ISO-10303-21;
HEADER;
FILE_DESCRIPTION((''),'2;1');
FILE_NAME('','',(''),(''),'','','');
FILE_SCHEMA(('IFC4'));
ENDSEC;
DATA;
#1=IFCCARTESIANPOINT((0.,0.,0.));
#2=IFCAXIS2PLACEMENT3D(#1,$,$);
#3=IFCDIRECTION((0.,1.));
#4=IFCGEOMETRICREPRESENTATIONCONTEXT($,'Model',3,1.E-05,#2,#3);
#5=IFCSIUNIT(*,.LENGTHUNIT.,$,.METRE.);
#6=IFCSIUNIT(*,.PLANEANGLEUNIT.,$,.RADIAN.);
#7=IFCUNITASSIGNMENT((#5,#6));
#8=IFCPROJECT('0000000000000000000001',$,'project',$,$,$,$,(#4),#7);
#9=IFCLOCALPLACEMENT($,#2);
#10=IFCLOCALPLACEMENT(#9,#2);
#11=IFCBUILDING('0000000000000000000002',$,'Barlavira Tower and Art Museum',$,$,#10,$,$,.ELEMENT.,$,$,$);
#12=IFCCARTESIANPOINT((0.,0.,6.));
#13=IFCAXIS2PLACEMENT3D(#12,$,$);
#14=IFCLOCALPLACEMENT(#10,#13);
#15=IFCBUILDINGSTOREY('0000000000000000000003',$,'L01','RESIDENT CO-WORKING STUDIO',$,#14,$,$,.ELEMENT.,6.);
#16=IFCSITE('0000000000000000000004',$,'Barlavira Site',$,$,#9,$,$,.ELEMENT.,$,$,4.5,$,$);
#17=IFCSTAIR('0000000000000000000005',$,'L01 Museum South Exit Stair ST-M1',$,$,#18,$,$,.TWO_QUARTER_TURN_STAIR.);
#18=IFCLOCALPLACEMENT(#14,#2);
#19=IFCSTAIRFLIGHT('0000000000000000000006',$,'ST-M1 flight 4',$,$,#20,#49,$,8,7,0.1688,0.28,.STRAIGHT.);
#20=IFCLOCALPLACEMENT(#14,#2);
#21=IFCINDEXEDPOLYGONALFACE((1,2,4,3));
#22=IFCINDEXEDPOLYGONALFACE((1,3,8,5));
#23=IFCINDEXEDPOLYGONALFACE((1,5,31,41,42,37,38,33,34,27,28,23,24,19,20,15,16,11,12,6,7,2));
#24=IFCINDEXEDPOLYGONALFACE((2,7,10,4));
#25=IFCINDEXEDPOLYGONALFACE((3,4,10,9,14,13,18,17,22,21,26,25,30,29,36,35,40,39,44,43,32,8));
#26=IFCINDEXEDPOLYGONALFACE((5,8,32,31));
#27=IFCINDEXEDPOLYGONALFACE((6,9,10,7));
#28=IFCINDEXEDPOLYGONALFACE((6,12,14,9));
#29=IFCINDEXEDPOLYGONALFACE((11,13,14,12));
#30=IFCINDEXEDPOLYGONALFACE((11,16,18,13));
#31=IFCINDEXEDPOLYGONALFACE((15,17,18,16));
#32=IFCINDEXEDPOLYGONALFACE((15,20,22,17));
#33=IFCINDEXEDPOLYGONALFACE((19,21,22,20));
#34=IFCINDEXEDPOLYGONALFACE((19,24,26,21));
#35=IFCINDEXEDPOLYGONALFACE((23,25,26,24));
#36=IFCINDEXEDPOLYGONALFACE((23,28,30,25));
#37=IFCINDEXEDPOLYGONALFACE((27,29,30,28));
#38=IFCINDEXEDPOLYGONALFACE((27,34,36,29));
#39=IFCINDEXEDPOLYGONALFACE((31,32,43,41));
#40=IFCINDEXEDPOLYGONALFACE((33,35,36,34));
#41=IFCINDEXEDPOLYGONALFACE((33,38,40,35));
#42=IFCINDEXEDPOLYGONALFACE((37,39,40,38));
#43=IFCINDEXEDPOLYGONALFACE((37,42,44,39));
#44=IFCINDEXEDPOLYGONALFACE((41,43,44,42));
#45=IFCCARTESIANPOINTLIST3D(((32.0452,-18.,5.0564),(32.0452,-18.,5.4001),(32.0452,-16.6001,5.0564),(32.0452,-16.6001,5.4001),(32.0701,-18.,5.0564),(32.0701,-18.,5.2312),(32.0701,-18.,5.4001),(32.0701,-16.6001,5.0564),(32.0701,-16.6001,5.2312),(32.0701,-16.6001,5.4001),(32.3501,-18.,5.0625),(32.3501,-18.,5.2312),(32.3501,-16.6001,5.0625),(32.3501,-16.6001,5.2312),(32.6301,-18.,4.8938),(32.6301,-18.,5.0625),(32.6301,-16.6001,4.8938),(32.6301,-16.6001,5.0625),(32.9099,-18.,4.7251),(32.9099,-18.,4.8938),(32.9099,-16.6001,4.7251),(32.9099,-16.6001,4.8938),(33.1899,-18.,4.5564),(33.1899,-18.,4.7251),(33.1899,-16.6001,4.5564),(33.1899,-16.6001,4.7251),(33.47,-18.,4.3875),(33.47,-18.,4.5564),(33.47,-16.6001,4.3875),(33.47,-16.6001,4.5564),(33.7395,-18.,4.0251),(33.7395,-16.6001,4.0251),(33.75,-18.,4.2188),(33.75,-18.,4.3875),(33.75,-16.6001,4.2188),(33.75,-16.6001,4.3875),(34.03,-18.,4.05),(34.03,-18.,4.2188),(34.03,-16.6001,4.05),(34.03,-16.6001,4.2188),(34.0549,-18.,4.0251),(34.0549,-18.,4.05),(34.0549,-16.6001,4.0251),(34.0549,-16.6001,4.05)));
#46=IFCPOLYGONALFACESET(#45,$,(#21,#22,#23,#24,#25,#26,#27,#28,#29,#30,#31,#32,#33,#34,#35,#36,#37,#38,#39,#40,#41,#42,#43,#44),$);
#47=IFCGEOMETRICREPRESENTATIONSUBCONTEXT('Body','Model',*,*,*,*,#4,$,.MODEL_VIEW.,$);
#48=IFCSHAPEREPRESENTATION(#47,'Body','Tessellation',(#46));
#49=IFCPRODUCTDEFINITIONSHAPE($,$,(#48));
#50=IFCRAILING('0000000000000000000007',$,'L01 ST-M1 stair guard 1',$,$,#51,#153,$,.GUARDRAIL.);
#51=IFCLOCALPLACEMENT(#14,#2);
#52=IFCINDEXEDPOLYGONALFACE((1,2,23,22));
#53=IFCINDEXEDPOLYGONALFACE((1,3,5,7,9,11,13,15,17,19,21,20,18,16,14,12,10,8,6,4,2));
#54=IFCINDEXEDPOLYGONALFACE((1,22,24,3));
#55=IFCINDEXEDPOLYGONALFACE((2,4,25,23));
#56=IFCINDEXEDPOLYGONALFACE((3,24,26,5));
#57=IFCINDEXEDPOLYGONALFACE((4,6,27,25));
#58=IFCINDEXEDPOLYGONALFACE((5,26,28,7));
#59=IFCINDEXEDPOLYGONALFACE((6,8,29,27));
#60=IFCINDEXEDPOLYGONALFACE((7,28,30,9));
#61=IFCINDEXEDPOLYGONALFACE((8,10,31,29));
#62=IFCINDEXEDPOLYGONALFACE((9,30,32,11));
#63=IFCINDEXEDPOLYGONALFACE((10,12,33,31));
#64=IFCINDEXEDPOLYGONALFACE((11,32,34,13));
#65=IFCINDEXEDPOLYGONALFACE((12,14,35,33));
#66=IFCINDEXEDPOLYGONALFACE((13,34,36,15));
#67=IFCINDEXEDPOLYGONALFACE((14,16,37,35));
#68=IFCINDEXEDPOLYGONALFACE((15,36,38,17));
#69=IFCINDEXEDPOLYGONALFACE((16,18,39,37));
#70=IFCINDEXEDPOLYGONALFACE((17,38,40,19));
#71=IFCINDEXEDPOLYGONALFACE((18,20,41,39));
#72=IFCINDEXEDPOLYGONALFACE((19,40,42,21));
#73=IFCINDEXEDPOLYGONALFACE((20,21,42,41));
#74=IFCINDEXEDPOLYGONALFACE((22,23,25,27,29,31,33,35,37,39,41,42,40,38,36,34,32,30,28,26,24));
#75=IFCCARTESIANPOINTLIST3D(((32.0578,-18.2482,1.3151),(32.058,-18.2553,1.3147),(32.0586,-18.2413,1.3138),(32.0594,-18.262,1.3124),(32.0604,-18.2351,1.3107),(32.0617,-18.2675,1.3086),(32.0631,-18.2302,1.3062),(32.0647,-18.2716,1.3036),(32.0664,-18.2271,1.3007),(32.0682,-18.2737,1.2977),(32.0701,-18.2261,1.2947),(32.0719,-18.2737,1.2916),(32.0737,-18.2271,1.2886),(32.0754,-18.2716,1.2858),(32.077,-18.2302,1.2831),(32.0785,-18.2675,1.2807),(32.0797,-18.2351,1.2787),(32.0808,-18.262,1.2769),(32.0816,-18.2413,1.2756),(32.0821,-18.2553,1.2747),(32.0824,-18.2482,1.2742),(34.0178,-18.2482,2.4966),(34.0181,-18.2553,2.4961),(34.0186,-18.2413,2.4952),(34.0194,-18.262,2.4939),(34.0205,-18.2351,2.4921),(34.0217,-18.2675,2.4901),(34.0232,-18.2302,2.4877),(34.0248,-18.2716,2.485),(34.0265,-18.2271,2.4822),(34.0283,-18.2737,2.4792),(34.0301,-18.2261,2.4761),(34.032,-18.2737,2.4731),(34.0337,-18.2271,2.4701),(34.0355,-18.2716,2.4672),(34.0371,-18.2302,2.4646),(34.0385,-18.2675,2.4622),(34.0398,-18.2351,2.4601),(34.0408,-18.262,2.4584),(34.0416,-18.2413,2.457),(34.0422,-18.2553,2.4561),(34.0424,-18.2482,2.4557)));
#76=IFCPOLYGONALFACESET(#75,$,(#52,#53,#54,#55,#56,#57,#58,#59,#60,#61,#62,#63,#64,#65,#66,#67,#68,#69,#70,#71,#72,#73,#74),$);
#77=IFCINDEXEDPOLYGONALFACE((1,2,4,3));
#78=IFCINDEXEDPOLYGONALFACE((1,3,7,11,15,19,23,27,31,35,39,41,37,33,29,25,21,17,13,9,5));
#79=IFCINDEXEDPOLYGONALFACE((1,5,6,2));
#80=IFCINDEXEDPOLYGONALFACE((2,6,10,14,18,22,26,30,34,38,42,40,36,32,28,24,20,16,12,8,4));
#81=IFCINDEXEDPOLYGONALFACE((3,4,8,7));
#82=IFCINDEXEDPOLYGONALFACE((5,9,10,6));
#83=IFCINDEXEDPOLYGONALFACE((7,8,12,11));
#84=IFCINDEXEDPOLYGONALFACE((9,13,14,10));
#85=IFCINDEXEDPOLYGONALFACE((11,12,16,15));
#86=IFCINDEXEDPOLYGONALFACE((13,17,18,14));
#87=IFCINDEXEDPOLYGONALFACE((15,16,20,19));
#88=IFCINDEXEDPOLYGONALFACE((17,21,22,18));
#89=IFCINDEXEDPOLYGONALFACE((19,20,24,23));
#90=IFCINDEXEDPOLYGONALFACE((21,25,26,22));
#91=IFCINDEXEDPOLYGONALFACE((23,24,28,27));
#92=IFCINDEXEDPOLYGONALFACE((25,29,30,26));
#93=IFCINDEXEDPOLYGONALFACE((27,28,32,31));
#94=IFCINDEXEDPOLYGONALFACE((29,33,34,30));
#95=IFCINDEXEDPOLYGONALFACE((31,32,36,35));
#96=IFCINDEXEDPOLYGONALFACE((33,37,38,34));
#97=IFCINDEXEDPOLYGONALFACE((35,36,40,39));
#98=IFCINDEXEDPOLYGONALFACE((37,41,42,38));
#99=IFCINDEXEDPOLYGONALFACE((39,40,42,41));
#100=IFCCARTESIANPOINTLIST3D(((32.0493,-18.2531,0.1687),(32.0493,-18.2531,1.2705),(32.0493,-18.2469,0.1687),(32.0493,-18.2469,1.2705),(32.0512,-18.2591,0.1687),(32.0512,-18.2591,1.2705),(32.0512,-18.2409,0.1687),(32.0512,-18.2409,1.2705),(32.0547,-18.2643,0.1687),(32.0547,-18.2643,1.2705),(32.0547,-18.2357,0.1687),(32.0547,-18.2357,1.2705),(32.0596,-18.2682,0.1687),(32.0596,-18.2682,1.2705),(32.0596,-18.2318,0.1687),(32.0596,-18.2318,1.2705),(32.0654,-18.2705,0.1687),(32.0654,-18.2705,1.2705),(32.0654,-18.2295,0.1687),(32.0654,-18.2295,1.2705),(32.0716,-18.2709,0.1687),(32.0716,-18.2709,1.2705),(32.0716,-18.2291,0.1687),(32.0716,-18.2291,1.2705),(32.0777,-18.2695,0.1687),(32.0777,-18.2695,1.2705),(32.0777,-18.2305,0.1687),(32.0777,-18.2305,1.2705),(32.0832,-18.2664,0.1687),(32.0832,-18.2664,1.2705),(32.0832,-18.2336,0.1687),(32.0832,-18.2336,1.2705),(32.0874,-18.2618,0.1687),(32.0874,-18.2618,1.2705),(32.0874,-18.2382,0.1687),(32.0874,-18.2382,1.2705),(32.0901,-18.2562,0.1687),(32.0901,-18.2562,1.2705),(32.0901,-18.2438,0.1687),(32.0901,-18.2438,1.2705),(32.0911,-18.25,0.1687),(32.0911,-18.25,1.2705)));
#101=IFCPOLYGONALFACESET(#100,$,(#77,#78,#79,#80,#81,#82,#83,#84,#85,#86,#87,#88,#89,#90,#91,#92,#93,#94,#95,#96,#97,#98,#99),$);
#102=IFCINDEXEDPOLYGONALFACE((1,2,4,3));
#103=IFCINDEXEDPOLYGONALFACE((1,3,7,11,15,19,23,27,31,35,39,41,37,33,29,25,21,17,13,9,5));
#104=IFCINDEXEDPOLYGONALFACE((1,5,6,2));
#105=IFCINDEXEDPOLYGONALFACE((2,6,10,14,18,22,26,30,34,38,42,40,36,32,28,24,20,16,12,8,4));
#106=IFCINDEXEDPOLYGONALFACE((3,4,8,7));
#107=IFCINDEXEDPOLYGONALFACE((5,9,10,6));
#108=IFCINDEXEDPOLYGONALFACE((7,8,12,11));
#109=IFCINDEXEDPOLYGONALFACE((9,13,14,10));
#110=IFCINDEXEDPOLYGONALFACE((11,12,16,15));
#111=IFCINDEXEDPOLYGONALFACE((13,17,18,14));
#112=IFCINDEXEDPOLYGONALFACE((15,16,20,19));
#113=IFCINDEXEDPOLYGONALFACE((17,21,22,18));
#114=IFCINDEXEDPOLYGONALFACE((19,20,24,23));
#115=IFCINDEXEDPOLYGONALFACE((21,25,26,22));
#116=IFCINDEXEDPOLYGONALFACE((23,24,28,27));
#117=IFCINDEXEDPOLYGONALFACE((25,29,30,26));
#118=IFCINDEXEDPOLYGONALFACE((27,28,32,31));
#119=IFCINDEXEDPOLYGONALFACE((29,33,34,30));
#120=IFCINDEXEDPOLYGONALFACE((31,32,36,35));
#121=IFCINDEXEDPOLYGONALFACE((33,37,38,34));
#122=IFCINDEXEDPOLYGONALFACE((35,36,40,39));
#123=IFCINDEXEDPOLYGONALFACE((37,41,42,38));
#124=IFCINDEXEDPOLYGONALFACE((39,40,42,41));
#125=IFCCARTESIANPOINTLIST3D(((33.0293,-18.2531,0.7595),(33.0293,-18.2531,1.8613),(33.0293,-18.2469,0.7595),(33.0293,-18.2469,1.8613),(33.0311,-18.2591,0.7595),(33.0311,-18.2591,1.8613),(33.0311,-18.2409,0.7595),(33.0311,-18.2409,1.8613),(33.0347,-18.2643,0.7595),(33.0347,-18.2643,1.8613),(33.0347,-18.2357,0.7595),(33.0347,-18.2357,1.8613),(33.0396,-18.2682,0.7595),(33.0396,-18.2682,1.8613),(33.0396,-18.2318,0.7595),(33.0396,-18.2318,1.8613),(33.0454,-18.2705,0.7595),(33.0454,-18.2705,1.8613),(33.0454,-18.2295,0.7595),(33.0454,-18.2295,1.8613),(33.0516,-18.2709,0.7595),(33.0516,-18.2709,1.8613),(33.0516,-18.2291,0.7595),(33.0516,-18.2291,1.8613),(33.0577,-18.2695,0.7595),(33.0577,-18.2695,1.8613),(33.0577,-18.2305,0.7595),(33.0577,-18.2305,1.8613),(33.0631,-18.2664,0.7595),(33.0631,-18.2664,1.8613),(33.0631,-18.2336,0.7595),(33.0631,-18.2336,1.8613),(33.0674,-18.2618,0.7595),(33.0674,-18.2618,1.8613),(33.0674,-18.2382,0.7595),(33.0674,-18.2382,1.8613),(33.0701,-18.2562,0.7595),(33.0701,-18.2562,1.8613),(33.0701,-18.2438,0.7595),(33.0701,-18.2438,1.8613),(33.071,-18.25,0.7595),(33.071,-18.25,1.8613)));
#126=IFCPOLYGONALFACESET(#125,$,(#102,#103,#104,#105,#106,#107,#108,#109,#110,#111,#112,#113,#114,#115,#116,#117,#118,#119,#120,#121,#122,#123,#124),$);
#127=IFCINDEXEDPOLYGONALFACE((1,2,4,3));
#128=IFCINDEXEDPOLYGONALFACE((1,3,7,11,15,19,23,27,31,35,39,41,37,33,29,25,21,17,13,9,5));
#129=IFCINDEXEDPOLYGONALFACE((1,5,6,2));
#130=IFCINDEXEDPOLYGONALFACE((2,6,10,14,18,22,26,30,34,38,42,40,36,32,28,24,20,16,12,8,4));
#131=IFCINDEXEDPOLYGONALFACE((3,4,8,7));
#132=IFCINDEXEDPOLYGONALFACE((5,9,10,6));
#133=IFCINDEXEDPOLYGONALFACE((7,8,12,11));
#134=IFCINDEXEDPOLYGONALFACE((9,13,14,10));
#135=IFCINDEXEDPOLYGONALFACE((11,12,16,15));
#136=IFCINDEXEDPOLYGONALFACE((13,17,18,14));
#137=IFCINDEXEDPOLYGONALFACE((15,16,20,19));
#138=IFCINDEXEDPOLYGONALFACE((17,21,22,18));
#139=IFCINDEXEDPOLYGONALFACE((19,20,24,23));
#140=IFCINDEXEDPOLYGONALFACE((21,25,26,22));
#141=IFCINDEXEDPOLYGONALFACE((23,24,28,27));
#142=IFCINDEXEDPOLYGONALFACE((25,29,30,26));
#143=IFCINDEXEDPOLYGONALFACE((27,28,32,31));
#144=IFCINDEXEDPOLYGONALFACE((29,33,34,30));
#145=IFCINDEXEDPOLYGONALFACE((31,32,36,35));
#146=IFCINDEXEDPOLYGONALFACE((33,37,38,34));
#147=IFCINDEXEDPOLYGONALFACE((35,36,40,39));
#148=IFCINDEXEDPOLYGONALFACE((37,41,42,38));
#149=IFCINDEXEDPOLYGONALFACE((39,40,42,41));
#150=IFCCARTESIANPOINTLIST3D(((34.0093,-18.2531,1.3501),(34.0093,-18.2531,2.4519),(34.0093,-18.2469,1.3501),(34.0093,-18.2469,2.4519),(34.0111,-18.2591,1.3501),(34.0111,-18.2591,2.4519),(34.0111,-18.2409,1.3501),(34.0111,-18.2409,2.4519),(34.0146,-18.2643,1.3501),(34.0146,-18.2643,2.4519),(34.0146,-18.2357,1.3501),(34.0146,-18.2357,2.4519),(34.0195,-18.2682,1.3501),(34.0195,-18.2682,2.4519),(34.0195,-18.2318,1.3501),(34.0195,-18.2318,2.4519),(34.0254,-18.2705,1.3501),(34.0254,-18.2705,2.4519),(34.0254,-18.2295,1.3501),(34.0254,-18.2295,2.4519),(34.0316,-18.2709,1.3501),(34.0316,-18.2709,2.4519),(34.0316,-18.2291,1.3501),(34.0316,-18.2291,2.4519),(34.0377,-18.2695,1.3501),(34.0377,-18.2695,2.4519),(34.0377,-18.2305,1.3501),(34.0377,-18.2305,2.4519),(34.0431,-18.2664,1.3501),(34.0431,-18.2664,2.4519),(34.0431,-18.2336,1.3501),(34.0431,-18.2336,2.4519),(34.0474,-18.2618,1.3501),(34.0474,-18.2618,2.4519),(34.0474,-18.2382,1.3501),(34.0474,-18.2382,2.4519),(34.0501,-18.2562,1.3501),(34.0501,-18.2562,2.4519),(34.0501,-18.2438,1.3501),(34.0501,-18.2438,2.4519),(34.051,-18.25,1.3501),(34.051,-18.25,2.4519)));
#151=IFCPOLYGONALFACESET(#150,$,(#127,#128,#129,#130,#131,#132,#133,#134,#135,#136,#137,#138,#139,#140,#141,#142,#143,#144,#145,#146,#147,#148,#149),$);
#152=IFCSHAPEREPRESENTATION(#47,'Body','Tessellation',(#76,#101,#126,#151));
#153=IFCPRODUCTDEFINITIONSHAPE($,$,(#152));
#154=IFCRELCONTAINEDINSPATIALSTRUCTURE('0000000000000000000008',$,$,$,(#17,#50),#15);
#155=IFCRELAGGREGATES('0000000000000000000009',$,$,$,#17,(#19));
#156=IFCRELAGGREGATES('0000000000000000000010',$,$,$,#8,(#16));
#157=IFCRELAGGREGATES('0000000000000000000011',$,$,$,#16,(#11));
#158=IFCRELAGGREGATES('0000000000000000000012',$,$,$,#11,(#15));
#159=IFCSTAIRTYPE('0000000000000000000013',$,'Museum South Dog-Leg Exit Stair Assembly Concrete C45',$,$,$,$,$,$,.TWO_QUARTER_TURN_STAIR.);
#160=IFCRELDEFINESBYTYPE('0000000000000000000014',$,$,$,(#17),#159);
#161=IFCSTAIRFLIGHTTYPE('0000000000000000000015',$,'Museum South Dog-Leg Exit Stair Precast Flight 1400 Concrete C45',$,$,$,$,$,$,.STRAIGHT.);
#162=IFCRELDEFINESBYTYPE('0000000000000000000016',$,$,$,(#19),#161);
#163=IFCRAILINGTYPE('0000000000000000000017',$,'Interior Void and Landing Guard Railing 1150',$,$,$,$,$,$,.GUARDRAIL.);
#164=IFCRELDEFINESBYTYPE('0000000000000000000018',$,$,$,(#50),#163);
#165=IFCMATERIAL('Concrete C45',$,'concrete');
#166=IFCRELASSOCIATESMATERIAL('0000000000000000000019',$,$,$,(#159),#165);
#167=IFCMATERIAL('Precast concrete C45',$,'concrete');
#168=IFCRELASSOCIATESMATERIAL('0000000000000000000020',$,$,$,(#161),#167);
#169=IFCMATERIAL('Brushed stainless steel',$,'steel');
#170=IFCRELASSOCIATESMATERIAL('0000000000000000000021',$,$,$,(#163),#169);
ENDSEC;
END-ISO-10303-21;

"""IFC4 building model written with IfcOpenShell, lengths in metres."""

from ifc_helpers import new_model, si_unit, direction, frame, origin, origin_2d, place, context, subcontext, project, spatial, polyline, circle, outline, extrude, material, type_object, element, aggregate, save


model = new_model("IFC4")

# Units and contexts
model_context = context("Model", 3, precision=1e-05, world=origin(), true_north=direction((0.0, 1.0)))
body_context = subcontext(model_context, "Body", "Model", "MODEL_VIEW")
ifc_project = project(units=[si_unit("LENGTHUNIT", "METRE"), si_unit("PLANEANGLEUNIT", "RADIAN")], contexts=[model_context])

# Site, building, storey
site_placement = place(None, origin())
site = spatial("IfcSite", under=ifc_project, at=site_placement, Name="Barlavira Site", CompositionType="ELEMENT", RefElevation=4.5)
building_placement = place(site_placement, origin())
building = spatial("IfcBuilding", under=site, at=building_placement, Name="Barlavira Tower and Art Museum", CompositionType="ELEMENT")
storey_placement = place(building_placement, frame((0.0, 0.0, 6.0)))
storey = spatial("IfcBuildingStorey", under=building, at=storey_placement, Name="L01", Description="RESIDENT CO-WORKING STUDIO", CompositionType="ELEMENT", Elevation=6.0)

# Shared definitions
ifc_material_1 = material(Name="Brushed stainless steel", Category="steel")

# Stair, stair flight
ifc_material_2 = material(Name="Concrete C45", Category="concrete")
stair_type = type_object("IfcStairType", Name="Museum South Dog-Leg Exit Stair Assembly Concrete C45", PredefinedType="TWO_QUARTER_TURN_STAIR", material=ifc_material_2)
stair_placement = place(storey_placement, origin())
stair = element("IfcStair", 1, at=stair_placement, inside=storey, type_object=stair_type, Name="L01 Museum South Exit Stair ST-M1", PredefinedType="TWO_QUARTER_TURN_STAIR")
ifc_material_3 = material(Name="Precast concrete C45", Category="concrete")
stair_flight_type = type_object("IfcStairFlightType", Name="Museum South Dog-Leg Exit Stair Precast Flight 1400 Concrete C45", PredefinedType="STRAIGHT", material=ifc_material_3)
stair_flight_1_placement = place(storey_placement, frame((34.03, -17.3, 4.05), z_axis=(0.0, 0.0, 1.0), x_axis=(-1.0, 0.0, 0.0)))
stair_flight_1 = element("IfcStairFlight", 2, at=stair_flight_1_placement, type_object=stair_flight_type, Name="ST-M1 flight 4", NumberOfRisers=8, NumberOfTreads=7, PredefinedType="STRAIGHT", RiserHeight=0.1688, TreadLength=0.28, context=body_context, shape_type="SweptSolid", body=[
    extrude(outline(polyline([(-0.0249, 0.0), (0.0, 0.0), (0.0, 0.1687), (0.28, 0.1687), (0.28, 0.3374), (0.5601, 0.3374), (0.5601, 0.5063), (0.8401, 0.5063), (0.8401, 0.675), (1.1201, 0.675), (1.1201, 0.8438), (1.3999, 0.8438), (1.3999, 1.0125), (1.6799, 1.0125), (1.6799, 1.1812), (1.96, 1.1812), (1.96, 1.3501), (1.9849, 1.3501), (1.9849, 1.0063), (1.96, 1.0063), (0.2905, -0.0249), (-0.0249, -0.0249), (-0.0249, 0.0)])), frame((0.0, 0.7, 0.0), z_axis=(0.0, -1.0, 0.0), x_axis=(1.0, 0.0, 0.0)), (0.0, 0.0, 1.0), 1.3999),
])
aggregate(stair, [stair_flight_1])

# Railing
railing_type_1 = type_object("IfcRailingType", Name="Interior Void and Landing Guard Railing 1150", PredefinedType="GUARDRAIL", material=ifc_material_1)
railing_1_placement = place(storey_placement, frame((32.0701, -18.25, 0.1687)))
element("IfcRailing", 3, at=railing_1_placement, inside=storey, type_object=railing_type_1, Name="L01 ST-M1 stair guard 1", PredefinedType="GUARDRAIL", context=body_context, shape_type="SweptSolid", body=[
    extrude(circle(Radius=0.0239, at=origin_2d()), frame((0.0, 0.0, 1.126), z_axis=(0.856446, 0.0, 0.516236), x_axis=(0.0, 1.0, 0.0)), (0.0, 0.0, 1.0), 2.2886),
    extrude(circle(Radius=0.021, at=origin_2d()), origin(), (0.0, 0.0, 1.0), 1.1018),
    extrude(circle(Radius=0.021, at=origin_2d()), frame((0.98, 0.0, 0.5908)), (0.0, 0.0, 1.0), 1.1018),
    extrude(circle(Radius=0.021, at=origin_2d()), frame((1.96, 0.0, 1.1814)), (0.0, 0.0, 1.0), 1.1018),
])

save(model, "model.ifc")
